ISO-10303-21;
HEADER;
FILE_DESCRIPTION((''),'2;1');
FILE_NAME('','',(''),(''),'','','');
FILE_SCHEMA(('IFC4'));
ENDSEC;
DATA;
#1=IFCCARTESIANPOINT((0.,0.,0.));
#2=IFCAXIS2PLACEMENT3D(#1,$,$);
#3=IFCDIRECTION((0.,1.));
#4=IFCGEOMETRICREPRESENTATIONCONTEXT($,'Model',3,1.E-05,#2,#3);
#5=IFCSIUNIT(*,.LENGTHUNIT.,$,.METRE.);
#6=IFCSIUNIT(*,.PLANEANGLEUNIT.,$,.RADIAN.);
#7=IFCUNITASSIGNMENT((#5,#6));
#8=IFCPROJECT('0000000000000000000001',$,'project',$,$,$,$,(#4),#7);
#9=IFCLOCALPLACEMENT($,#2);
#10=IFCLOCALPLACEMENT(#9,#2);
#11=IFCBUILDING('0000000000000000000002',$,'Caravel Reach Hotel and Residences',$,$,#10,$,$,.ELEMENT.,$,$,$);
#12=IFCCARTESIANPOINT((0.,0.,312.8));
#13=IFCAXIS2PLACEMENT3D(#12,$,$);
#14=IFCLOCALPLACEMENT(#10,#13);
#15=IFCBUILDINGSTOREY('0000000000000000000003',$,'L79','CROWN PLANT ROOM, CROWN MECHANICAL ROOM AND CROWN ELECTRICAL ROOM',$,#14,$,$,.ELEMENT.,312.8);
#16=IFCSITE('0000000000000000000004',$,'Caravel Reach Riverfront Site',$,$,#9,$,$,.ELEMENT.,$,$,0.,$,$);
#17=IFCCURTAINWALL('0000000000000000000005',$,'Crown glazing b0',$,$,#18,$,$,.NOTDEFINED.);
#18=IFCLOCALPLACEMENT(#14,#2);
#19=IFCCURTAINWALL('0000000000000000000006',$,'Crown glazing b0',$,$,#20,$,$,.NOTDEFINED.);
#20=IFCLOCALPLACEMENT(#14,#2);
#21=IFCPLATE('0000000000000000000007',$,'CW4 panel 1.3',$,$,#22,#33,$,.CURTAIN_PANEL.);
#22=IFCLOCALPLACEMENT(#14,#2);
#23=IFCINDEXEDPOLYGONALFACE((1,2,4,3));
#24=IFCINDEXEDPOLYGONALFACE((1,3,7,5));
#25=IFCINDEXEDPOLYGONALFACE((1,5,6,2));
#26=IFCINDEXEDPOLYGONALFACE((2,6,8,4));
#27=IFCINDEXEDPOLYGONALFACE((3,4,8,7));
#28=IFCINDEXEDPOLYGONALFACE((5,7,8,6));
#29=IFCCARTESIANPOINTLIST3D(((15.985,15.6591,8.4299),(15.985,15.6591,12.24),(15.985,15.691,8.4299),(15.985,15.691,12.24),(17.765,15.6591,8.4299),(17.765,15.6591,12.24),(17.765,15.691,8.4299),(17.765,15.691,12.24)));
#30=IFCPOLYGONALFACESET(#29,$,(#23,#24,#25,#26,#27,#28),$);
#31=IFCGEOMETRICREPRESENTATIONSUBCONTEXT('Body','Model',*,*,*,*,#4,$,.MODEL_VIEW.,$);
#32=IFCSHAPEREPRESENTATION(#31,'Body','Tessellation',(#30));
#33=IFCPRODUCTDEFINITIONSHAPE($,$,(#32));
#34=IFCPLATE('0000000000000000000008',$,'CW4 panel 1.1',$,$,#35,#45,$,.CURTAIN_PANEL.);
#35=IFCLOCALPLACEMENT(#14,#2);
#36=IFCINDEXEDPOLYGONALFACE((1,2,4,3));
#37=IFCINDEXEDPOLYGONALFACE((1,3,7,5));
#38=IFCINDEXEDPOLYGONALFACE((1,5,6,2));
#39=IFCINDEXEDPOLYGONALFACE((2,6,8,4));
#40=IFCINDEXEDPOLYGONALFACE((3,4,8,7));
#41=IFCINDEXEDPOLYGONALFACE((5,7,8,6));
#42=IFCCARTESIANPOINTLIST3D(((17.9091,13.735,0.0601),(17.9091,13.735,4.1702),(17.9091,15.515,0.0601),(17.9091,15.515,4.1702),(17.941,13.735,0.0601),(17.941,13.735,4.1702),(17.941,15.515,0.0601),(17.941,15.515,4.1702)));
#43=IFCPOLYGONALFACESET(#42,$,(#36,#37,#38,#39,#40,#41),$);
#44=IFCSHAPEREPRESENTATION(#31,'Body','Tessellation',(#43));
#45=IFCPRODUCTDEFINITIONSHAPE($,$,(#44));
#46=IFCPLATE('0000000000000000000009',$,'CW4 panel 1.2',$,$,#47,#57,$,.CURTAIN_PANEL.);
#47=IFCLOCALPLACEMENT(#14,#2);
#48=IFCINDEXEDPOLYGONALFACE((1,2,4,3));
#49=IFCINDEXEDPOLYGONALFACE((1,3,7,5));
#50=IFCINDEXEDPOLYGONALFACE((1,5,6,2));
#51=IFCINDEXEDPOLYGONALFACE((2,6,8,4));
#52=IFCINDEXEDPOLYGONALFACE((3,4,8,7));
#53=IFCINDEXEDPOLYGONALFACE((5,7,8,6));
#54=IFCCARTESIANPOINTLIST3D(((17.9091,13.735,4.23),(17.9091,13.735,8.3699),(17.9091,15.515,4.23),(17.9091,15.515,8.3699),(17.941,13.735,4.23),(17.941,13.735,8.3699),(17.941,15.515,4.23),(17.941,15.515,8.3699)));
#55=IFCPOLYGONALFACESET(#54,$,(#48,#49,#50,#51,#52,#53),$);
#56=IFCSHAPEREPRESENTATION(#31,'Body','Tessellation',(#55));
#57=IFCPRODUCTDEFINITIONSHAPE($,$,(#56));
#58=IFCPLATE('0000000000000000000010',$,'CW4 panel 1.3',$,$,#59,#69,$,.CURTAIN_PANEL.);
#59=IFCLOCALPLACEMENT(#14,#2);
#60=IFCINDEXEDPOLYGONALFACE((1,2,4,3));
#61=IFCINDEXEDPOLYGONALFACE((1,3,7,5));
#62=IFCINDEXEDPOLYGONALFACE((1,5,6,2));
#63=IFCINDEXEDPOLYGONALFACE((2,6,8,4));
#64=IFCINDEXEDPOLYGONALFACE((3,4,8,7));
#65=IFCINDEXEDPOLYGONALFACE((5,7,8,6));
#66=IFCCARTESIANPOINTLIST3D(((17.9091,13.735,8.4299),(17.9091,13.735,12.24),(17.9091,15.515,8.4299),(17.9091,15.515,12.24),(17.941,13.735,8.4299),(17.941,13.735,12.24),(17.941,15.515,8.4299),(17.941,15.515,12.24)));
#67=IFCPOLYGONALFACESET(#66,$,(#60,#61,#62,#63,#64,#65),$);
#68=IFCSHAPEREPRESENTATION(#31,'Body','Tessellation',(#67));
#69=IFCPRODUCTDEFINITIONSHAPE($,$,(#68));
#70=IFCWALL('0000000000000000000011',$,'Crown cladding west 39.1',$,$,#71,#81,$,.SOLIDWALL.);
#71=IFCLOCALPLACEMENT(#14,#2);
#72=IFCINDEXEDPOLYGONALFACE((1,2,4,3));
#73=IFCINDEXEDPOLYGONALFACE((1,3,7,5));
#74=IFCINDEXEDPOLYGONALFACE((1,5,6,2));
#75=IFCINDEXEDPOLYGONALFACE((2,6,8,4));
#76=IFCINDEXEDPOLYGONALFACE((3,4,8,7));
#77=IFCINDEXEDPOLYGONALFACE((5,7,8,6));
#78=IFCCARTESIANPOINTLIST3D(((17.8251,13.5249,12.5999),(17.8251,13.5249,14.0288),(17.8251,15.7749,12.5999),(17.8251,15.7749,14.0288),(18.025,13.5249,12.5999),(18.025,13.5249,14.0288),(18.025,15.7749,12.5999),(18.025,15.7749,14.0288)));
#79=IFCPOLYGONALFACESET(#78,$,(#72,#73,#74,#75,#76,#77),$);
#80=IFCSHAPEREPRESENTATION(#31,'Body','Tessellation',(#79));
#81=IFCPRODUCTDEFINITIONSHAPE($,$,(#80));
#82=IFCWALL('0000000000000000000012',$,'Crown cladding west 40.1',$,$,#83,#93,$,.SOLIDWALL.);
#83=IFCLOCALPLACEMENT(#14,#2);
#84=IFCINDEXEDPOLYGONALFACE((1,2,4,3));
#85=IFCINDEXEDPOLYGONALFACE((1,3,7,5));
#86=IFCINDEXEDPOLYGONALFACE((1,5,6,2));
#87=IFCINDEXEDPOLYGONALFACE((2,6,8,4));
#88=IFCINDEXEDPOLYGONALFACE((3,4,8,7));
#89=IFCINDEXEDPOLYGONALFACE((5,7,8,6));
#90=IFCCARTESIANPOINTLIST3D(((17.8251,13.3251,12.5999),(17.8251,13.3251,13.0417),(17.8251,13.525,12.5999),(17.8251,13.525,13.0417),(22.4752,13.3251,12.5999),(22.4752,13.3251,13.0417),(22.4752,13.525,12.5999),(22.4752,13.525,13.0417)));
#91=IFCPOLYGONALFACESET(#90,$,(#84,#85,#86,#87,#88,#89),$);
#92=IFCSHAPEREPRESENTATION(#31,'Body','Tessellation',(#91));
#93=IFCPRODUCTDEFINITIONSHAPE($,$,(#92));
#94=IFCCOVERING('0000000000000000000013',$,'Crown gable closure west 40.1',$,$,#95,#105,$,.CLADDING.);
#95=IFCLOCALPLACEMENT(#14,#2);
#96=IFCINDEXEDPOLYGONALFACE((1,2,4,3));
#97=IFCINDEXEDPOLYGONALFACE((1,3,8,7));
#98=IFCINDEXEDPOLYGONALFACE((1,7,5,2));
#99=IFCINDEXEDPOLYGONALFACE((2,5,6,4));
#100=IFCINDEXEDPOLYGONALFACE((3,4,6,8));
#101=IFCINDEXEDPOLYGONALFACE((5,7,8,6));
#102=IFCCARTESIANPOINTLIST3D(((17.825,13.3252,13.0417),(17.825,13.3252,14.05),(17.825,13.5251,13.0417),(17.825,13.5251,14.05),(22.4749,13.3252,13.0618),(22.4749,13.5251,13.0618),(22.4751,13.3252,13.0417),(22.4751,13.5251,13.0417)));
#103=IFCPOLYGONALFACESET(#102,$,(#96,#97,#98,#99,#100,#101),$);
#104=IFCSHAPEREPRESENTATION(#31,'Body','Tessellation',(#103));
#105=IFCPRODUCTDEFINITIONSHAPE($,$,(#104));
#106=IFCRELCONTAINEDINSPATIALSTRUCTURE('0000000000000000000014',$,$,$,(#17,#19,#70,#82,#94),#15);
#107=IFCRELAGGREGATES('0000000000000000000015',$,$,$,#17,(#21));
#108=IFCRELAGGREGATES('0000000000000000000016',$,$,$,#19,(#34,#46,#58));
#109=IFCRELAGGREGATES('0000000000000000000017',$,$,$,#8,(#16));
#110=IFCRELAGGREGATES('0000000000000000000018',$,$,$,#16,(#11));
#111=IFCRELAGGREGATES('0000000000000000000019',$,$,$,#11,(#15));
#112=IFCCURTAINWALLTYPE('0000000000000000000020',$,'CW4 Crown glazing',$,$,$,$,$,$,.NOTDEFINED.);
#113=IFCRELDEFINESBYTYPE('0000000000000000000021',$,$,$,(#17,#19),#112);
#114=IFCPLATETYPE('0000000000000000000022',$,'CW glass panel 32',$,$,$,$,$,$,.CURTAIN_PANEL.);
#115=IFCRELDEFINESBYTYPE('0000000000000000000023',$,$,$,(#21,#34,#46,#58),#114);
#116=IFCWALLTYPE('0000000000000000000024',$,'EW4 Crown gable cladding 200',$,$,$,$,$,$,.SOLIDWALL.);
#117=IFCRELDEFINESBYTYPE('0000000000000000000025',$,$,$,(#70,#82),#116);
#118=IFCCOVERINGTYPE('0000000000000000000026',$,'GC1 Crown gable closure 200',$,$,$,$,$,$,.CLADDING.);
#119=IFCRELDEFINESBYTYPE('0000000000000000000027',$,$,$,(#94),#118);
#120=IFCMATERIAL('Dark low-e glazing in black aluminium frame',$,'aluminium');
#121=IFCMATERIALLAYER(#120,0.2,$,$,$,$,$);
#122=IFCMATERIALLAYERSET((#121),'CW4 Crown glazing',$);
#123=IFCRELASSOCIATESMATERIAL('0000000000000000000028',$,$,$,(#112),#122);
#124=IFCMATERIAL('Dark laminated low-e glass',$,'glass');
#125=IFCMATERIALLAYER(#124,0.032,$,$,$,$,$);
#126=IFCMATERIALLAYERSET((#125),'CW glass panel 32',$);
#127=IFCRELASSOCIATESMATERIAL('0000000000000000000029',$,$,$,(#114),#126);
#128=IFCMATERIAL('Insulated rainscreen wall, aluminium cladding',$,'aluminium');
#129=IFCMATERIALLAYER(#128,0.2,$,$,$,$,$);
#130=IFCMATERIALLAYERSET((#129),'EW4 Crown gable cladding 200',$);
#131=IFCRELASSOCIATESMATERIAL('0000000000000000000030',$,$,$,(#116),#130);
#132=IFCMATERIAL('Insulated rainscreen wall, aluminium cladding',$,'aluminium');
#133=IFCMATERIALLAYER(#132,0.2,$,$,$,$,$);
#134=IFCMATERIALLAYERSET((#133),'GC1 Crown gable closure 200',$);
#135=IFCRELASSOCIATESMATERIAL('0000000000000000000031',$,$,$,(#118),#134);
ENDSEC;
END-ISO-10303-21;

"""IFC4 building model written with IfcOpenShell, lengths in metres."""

from ifc_helpers import new_model, si_unit, direction, frame, frame_2d, origin, origin_2d, place, context, subcontext, project, spatial, polyline, rectangle, outline, extrude, material, layer, layer_set, type_object, element, aggregate, save


model = new_model("IFC4")

# Units and contexts
model_context = context("Model", 3, precision=1e-05, world=origin(), true_north=direction((0.0, 1.0)))
body_context = subcontext(model_context, "Body", "Model", "MODEL_VIEW")
ifc_project = project(units=[si_unit("LENGTHUNIT", "METRE"), si_unit("PLANEANGLEUNIT", "RADIAN")], contexts=[model_context])

# Site, building, storey
site_placement = place(None, origin())
site = spatial("IfcSite", under=ifc_project, at=site_placement, Name="Caravel Reach Riverfront Site", CompositionType="ELEMENT", RefElevation=0.0)
building_placement = place(site_placement, origin())
building = spatial("IfcBuilding", under=site, at=building_placement, Name="Caravel Reach Hotel and Residences", CompositionType="ELEMENT")
storey_placement = place(building_placement, frame((0.0, 0.0, 312.8)))
storey = spatial("IfcBuildingStorey", under=building, at=storey_placement, Name="L79", Description="CROWN PLANT ROOM, CROWN MECHANICAL ROOM AND CROWN ELECTRICAL ROOM", CompositionType="ELEMENT", Elevation=312.8)

# Curtain wall
ifc_material_1 = material(Name="Dark low-e glazing in black aluminium frame", Category="aluminium")
ifc_layer_1 = layer(ifc_material_1, 0.2)
ifc_layer_set_1 = layer_set([ifc_layer_1], Name="CW4 Crown glazing")
curtain_wall_type = type_object("IfcCurtainWallType", Name="CW4 Crown glazing", PredefinedType="NOTDEFINED", material=ifc_layer_set_1)
curtain_wall_1_placement = place(storey_placement, origin())
curtain_wall_1 = element("IfcCurtainWall", 1, at=curtain_wall_1_placement, inside=storey, type_object=curtain_wall_type, Name="Crown glazing b0", PredefinedType="NOTDEFINED")

# Curtain wall
curtain_wall_2_placement = place(storey_placement, origin())
curtain_wall_2 = element("IfcCurtainWall", 2, at=curtain_wall_2_placement, inside=storey, type_object=curtain_wall_type, Name="Crown glazing b0", PredefinedType="NOTDEFINED")

# Plates
ifc_material_2 = material(Name="Dark laminated low-e glass", Category="glass")
ifc_layer_2 = layer(ifc_material_2, 0.032)
ifc_layer_set_2 = layer_set([ifc_layer_2], Name="CW glass panel 32")
plate_type = type_object("IfcPlateType", Name="CW glass panel 32", PredefinedType="CURTAIN_PANEL", material=ifc_layer_set_2)
plate_1_placement = place(storey_placement, frame((16.875, 15.675, 8.4299), z_axis=(0.0, 0.0, 1.0), x_axis=(1.0, 0.0, 0.0)))
plate_1 = element("IfcPlate", 3, at=plate_1_placement, type_object=plate_type, Name="CW4 panel 1.3", PredefinedType="CURTAIN_PANEL", context=body_context, shape_type="SweptSolid", body=[
    extrude(rectangle(XDim=1.78, YDim=0.032, at=origin_2d()), origin(), (0.0, 0.0, 1.0), 3.8101),
])
aggregate(curtain_wall_1, [plate_1])
plate_2_placement = place(storey_placement, frame((17.925, 14.625, 0.0601), z_axis=(0.0, 0.0, 1.0), x_axis=(0.0, -1.0, 0.0)))
plate_2 = element("IfcPlate", 4, at=plate_2_placement, type_object=plate_type, Name="CW4 panel 1.1", PredefinedType="CURTAIN_PANEL", context=body_context, shape_type="SweptSolid", body=[
    extrude(rectangle(XDim=1.78, YDim=0.032, at=origin_2d()), origin(), (0.0, 0.0, 1.0), 4.1101),
])
plate_3_placement = place(storey_placement, frame((17.925, 14.625, 4.23), z_axis=(0.0, 0.0, 1.0), x_axis=(0.0, -1.0, 0.0)))
plate_3 = element("IfcPlate", 5, at=plate_3_placement, type_object=plate_type, Name="CW4 panel 1.2", PredefinedType="CURTAIN_PANEL", context=body_context, shape_type="SweptSolid", body=[
    extrude(rectangle(XDim=1.78, YDim=0.032, at=origin_2d()), origin(), (0.0, 0.0, 1.0), 4.1399),
])
plate_4_placement = place(storey_placement, frame((17.925, 14.625, 8.4299), z_axis=(0.0, 0.0, 1.0), x_axis=(0.0, -1.0, 0.0)))
plate_4 = element("IfcPlate", 6, at=plate_4_placement, type_object=plate_type, Name="CW4 panel 1.3", PredefinedType="CURTAIN_PANEL", context=body_context, shape_type="SweptSolid", body=[
    extrude(rectangle(XDim=1.78, YDim=0.032, at=origin_2d()), origin(), (0.0, 0.0, 1.0), 3.8101),
])
aggregate(curtain_wall_2, [plate_2, plate_3, plate_4])

# Walls
ifc_material_3 = material(Name="Insulated rainscreen wall, aluminium cladding", Category="aluminium")
ifc_layer_3 = layer(ifc_material_3, 0.2)
ifc_layer_set_3 = layer_set([ifc_layer_3], Name="EW4 Crown gable cladding 200")
wall_type = type_object("IfcWallType", Name="EW4 Crown gable cladding 200", PredefinedType="SOLIDWALL", material=ifc_layer_set_3)
wall_1_placement = place(storey_placement, frame((17.925, 15.7749, 12.5999), z_axis=(0.0, 0.0, 1.0), x_axis=(0.0, -1.0, 0.0)))
element("IfcWall", 7, at=wall_1_placement, inside=storey, type_object=wall_type, Name="Crown cladding west 39.1", PredefinedType="SOLIDWALL", context=body_context, shape_type="SweptSolid", body=[
    extrude(rectangle(XDim=2.25, YDim=0.2, at=frame_2d((1.125, 0.0))), origin(), (0.0, 0.0, 1.0), 1.429),
])
wall_2_placement = place(storey_placement, frame((17.825, 13.425, 12.5999), z_axis=(0.0, 0.0, 1.0), x_axis=(1.0, 0.0, 0.0)))
element("IfcWall", 8, at=wall_2_placement, inside=storey, type_object=wall_type, Name="Crown cladding west 40.1", PredefinedType="SOLIDWALL", context=body_context, shape_type="SweptSolid", body=[
    extrude(rectangle(XDim=4.6501, YDim=0.2, at=frame_2d((2.3252, 0.0))), origin(), (0.0, 0.0, 1.0), 0.4419),
])

# Covering
ifc_material_4 = material(Name="Insulated rainscreen wall, aluminium cladding", Category="aluminium")
ifc_layer_4 = layer(ifc_material_4, 0.2)
ifc_layer_set_4 = layer_set([ifc_layer_4], Name="GC1 Crown gable closure 200")
covering_type = type_object("IfcCoveringType", Name="GC1 Crown gable closure 200", PredefinedType="CLADDING", material=ifc_layer_set_4)
covering_placement = place(storey_placement, frame((17.825, 13.425, 13.0417), z_axis=(0.0, 0.0, 1.0), x_axis=(1.0, 0.0, 0.0)))
element("IfcCovering", 9, at=covering_placement, inside=storey, type_object=covering_type, Name="Crown gable closure west 40.1", PredefinedType="CLADDING", context=body_context, shape_type="SweptSolid", body=[
    extrude(outline(polyline([(0.0, 0.0), (4.6501, 0.0), (4.6499, 0.02), (0.0, 1.0083), (0.0, 0.0)])), frame((0.0, 0.1001, 0.0), z_axis=(0.0, -1.0, 0.0), x_axis=(1.0, 0.0, 0.0)), (0.0, 0.0, 1.0), 0.2),
])

save(model, "model.ifc")
